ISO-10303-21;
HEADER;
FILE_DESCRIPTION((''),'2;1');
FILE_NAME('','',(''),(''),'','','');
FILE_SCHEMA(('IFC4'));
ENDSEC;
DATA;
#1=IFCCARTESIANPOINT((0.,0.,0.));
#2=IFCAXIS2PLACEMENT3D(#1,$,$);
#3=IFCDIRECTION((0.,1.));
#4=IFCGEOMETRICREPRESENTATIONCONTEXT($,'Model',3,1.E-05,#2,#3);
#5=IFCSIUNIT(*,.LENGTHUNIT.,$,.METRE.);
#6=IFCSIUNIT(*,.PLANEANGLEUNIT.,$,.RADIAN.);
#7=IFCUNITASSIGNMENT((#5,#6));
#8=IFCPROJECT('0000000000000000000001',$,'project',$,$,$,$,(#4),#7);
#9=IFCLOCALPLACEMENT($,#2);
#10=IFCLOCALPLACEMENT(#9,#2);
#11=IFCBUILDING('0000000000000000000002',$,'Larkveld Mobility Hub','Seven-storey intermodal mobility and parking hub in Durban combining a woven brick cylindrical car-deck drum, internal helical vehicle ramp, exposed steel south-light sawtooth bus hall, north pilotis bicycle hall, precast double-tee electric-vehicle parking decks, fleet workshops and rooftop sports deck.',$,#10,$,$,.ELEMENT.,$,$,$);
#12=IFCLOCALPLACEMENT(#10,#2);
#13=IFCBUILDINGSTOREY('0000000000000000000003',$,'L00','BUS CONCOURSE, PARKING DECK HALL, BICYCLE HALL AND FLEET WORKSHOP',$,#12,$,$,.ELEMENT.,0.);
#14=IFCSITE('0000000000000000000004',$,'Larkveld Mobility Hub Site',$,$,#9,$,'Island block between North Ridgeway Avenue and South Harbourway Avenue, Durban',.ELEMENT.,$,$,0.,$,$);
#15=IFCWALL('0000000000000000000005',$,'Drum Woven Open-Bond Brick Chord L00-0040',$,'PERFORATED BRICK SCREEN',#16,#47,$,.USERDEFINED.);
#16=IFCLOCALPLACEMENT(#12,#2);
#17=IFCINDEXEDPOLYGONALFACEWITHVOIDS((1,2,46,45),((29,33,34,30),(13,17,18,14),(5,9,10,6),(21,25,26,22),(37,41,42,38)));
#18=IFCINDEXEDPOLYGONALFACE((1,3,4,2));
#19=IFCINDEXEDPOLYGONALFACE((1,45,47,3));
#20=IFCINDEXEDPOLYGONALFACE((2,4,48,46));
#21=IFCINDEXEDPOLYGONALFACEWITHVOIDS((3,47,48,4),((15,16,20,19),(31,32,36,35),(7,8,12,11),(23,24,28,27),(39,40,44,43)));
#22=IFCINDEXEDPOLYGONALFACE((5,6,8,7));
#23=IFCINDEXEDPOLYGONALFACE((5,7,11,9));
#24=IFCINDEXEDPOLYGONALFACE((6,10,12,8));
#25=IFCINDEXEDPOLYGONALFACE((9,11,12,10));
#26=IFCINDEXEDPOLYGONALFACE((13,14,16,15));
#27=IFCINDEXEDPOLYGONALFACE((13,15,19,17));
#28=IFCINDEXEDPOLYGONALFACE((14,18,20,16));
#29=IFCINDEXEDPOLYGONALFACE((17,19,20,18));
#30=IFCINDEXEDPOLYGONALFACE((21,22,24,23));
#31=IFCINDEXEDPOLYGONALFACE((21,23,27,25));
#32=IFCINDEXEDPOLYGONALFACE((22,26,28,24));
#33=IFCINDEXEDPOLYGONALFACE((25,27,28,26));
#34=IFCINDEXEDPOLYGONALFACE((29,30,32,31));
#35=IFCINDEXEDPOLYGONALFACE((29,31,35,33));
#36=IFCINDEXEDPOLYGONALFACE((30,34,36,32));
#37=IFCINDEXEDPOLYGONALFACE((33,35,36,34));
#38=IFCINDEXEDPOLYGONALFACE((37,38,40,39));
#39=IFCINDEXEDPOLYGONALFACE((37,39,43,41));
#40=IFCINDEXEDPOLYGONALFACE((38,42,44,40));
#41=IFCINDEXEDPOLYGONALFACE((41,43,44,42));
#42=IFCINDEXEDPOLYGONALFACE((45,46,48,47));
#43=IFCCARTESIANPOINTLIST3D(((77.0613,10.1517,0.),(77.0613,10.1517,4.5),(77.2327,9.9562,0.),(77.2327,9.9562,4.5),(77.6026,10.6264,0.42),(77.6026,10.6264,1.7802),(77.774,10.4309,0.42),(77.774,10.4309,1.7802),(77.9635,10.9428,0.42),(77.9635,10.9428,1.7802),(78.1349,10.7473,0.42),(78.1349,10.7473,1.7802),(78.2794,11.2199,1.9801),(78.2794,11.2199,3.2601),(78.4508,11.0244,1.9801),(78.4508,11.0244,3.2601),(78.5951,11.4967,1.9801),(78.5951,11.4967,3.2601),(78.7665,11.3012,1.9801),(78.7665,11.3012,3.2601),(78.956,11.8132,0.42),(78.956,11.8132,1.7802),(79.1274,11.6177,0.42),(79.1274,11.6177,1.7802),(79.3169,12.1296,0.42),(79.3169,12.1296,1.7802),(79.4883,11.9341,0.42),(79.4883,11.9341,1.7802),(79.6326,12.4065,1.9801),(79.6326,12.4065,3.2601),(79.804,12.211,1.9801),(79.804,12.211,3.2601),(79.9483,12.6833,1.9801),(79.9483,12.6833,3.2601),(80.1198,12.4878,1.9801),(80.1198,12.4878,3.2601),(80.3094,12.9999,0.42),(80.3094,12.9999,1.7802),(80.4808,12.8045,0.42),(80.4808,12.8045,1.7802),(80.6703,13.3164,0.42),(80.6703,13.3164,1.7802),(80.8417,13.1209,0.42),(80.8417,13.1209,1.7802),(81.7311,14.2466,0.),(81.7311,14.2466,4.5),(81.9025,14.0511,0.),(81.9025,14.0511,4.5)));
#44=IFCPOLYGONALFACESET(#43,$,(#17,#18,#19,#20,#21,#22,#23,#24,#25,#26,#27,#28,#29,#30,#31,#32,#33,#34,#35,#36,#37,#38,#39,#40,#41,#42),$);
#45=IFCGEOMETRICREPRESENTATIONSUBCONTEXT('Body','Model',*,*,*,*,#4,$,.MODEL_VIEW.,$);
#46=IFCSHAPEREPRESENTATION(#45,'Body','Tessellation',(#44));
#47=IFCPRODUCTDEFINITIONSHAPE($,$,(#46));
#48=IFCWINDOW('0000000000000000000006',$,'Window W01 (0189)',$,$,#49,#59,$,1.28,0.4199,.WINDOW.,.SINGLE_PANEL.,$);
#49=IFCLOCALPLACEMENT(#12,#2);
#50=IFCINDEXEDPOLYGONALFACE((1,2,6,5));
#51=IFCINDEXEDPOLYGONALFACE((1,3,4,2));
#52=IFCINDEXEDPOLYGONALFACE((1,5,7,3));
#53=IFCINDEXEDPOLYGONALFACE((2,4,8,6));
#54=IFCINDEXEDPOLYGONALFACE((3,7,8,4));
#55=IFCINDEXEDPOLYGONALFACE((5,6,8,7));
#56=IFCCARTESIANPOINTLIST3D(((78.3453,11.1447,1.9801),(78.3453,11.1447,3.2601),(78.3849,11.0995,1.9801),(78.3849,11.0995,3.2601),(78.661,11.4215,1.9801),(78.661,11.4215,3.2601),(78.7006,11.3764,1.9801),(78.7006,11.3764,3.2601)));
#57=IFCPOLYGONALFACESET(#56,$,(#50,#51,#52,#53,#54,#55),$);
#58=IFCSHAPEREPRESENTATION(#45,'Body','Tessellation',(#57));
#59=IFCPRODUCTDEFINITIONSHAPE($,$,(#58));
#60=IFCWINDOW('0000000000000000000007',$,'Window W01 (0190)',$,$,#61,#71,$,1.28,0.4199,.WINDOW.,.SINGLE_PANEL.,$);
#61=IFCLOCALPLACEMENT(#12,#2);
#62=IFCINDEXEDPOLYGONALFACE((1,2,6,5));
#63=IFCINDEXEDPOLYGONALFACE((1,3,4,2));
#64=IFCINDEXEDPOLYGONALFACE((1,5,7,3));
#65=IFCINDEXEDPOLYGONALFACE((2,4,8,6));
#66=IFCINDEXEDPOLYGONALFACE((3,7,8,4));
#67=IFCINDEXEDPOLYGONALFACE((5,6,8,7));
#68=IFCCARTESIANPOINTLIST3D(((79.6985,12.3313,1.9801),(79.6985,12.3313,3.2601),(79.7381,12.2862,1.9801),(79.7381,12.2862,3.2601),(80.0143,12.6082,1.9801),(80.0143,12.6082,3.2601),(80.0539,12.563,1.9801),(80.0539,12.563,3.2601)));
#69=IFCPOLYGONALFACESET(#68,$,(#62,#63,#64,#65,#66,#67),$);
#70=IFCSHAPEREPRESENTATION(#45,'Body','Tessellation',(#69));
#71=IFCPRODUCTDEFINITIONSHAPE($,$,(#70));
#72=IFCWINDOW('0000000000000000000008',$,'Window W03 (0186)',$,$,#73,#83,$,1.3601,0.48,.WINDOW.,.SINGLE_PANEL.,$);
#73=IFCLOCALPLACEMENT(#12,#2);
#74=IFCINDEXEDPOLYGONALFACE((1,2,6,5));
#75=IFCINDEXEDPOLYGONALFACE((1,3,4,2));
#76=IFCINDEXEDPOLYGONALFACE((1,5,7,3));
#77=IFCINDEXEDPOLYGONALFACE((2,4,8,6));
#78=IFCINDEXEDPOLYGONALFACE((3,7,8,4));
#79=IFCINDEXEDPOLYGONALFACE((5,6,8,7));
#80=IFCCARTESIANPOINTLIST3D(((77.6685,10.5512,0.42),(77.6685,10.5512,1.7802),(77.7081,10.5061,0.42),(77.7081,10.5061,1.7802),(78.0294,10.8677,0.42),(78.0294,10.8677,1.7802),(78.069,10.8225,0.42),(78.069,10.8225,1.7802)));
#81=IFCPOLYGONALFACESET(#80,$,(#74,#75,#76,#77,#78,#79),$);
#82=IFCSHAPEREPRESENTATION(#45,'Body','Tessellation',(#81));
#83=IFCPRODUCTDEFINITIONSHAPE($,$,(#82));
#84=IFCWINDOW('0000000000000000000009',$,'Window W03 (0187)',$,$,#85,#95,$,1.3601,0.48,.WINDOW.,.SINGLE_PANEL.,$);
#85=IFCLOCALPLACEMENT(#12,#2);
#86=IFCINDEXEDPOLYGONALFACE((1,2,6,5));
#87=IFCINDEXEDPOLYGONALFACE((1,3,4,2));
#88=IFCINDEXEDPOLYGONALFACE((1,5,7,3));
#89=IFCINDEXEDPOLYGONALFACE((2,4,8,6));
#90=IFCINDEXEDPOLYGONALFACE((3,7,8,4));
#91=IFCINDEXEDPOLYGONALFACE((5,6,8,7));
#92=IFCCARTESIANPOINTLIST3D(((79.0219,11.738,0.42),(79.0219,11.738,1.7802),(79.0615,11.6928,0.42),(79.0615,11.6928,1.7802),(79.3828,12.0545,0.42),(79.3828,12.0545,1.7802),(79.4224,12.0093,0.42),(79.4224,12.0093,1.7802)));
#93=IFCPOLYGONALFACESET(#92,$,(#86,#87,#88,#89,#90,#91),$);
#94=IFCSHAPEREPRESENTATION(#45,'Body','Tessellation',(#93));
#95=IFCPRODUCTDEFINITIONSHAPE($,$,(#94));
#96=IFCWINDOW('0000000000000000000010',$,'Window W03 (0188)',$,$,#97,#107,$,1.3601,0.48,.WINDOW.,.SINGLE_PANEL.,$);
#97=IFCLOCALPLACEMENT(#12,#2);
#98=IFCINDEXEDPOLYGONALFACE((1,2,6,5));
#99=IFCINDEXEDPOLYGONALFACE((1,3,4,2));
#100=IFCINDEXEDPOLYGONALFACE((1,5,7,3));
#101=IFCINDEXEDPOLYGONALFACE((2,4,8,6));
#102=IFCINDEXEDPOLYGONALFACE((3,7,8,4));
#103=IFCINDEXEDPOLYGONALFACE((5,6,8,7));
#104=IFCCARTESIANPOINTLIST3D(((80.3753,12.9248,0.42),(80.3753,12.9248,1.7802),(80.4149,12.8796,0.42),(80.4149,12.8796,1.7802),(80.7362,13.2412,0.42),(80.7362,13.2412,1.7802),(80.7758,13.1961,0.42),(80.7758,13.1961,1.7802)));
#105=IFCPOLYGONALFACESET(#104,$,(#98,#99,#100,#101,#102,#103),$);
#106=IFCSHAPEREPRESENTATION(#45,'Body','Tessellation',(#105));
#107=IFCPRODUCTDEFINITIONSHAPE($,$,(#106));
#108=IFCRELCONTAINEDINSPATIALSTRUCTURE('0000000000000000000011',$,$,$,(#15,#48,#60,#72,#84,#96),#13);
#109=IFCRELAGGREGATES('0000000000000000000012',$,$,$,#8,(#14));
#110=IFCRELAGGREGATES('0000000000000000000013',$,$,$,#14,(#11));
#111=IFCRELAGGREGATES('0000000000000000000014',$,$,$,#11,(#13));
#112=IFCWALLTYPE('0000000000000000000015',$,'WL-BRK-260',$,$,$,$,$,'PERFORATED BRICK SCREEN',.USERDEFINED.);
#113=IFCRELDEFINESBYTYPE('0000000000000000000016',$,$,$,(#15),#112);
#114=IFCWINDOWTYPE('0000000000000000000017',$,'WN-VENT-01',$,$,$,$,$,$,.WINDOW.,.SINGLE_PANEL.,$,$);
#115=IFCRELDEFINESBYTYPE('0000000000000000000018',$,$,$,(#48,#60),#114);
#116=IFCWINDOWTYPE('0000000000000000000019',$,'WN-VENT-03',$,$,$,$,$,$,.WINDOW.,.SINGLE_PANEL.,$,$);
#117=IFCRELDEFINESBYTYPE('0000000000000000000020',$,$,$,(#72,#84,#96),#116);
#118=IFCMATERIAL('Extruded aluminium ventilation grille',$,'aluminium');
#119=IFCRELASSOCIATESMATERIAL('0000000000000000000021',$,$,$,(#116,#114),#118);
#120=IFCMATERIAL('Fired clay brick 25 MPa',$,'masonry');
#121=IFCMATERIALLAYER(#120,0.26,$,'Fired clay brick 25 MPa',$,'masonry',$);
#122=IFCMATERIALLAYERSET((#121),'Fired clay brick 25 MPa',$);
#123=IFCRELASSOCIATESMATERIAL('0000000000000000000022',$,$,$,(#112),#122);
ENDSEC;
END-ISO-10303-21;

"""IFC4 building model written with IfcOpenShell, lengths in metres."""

from ifc_helpers import new_model, si_unit, direction, frame, frame_2d, origin, place, context, subcontext, project, spatial, rectangle, extrude, material, layer, layer_set, type_object, element, fill, save


model = new_model("IFC4")

# Units and contexts
model_context = context("Model", 3, precision=1e-05, world=origin(), true_north=direction((0.0, 1.0)))
body_context = subcontext(model_context, "Body", "Model", "MODEL_VIEW")
ifc_project = project(units=[si_unit("LENGTHUNIT", "METRE"), si_unit("PLANEANGLEUNIT", "RADIAN")], contexts=[model_context])

# Site, building, storey
site_placement = place(None, origin())
site = spatial("IfcSite", under=ifc_project, at=site_placement, Name="Larkveld Mobility Hub Site", LongName="Island block between North Ridgeway Avenue and South Harbourway Avenue, Durban", CompositionType="ELEMENT", RefElevation=0.0)
building_placement = place(site_placement, origin())
building = spatial("IfcBuilding", under=site, at=building_placement, Name="Larkveld Mobility Hub", Description="Seven-storey intermodal mobility and parking hub in Durban combining a woven brick cylindrical car-deck drum, internal helical vehicle ramp, exposed steel south-light sawtooth bus hall, north pilotis bicycle hall, precast double-tee electric-vehicle parking decks, fleet workshops and rooftop sports deck.", CompositionType="ELEMENT")
storey_placement = place(building_placement, origin())
storey = spatial("IfcBuildingStorey", under=building, at=storey_placement, Name="L00", Description="BUS CONCOURSE, PARKING DECK HALL, BICYCLE HALL AND FLEET WORKSHOP", CompositionType="ELEMENT", Elevation=0.0)

# Wall, openings, windows
ifc_material_1 = material(Name="Fired clay brick 25 MPa", Category="masonry")
ifc_material_2 = material(Name="Extruded aluminium ventilation grille", Category="aluminium")
window_type_1 = type_object("IfcWindowType", Name="WN-VENT-03", PartitioningType="SINGLE_PANEL", PredefinedType="WINDOW", material=ifc_material_2)
ifc_layer_1 = layer(ifc_material_1, 0.26, Name="Fired clay brick 25 MPa", Category="masonry")
ifc_layer_set_1 = layer_set([ifc_layer_1], Name="Fired clay brick 25 MPa")
wall_type_1 = type_object("IfcWallType", Name="WL-BRK-260", ElementType="PERFORATED BRICK SCREEN", PredefinedType="USERDEFINED", material=ifc_layer_set_1)
wall_1_placement = place(storey_placement, frame((77.147, 10.054, 0.0), z_axis=(0.0, 0.0, 1.0), x_axis=(0.751875, 0.659306, 0.0)))
wall_1 = element("IfcWall", 1, at=wall_1_placement, inside=storey, type_object=wall_type_1, Name="Drum Woven Open-Bond Brick Chord L00-0040", ObjectType="PERFORATED BRICK SCREEN", PredefinedType="USERDEFINED", context=body_context, shape_type="SweptSolid", body=[
    extrude(rectangle(XDim=6.2109, YDim=0.26, at=frame_2d((3.1055, 0.0))), origin(), (0.0, 0.0, 1.0), 4.5),
])
opening_1_placement = place(wall_1_placement, frame((0.72, 0.0, 0.4199)))
opening_1 = element("IfcOpeningElement", 2, at=opening_1_placement, cuts=wall_1, PredefinedType="OPENING", context=body_context, shape_type="SweptSolid", body=[
    extrude(rectangle(XDim=0.48, YDim=1.3601, at=frame_2d((0.24, 0.6802))), frame((0.0, 0.1401, 0.0), z_axis=(0.0, -1.0, 0.0), x_axis=(1.0, 0.0, 0.0)), (0.0, 0.0, 1.0), 0.28),
])
opening_2_placement = place(wall_1_placement, frame((2.52, 0.0, 0.4199)))
opening_2 = element("IfcOpeningElement", 3, at=opening_2_placement, cuts=wall_1, PredefinedType="OPENING", context=body_context, shape_type="SweptSolid", body=[
    extrude(rectangle(XDim=0.48, YDim=1.3601, at=frame_2d((0.24, 0.6802))), frame((0.0, 0.1401, 0.0), z_axis=(0.0, -1.0, 0.0), x_axis=(1.0, 0.0, 0.0)), (0.0, 0.0, 1.0), 0.28),
])
opening_3_placement = place(wall_1_placement, frame((4.3201, 0.0, 0.4199)))
opening_3 = element("IfcOpeningElement", 4, at=opening_3_placement, cuts=wall_1, PredefinedType="OPENING", context=body_context, shape_type="SweptSolid", body=[
    extrude(rectangle(XDim=0.48, YDim=1.3601, at=frame_2d((0.24, 0.6802))), frame((0.0, 0.1401, 0.0), z_axis=(0.0, -1.0, 0.0), x_axis=(1.0, 0.0, 0.0)), (0.0, 0.0, 1.0), 0.28),
])
opening_4_placement = place(wall_1_placement, frame((1.6201, 0.0, 1.98)))
opening_4 = element("IfcOpeningElement", 5, at=opening_4_placement, cuts=wall_1, PredefinedType="OPENING", context=body_context, shape_type="SweptSolid", body=[
    extrude(rectangle(XDim=0.4199, YDim=1.28, at=frame_2d((0.21, 0.6401))), frame((0.0, 0.1401, 0.0), z_axis=(0.0, -1.0, 0.0), x_axis=(1.0, 0.0, 0.0)), (0.0, 0.0, 1.0), 0.28),
])
opening_5_placement = place(wall_1_placement, frame((3.4199, 0.0, 1.98)))
opening_5 = element("IfcOpeningElement", 6, at=opening_5_placement, cuts=wall_1, PredefinedType="OPENING", context=body_context, shape_type="SweptSolid", body=[
    extrude(rectangle(XDim=0.4199, YDim=1.28, at=frame_2d((0.21, 0.6401))), frame((0.0, 0.1401, 0.0), z_axis=(0.0, -1.0, 0.0), x_axis=(1.0, 0.0, 0.0)), (0.0, 0.0, 1.0), 0.28),
])
window_type_2 = type_object("IfcWindowType", Name="WN-VENT-01", PartitioningType="SINGLE_PANEL", PredefinedType="WINDOW", material=ifc_material_2)
window_1_placement = place(opening_4_placement, origin())
window_1 = element("IfcWindow", 7, at=window_1_placement, inside=storey, type_object=window_type_2, Name="Window W01 (0189)", OverallHeight=1.28, OverallWidth=0.4199, PartitioningType="SINGLE_PANEL", PredefinedType="WINDOW", context=body_context, shape_type="SweptSolid", body=[
    extrude(rectangle(XDim=0.4199, YDim=1.28, at=frame_2d((0.21, 0.6401))), frame((0.0, 0.03, 0.0), z_axis=(0.0, -1.0, 0.0), x_axis=(1.0, 0.0, 0.0)), (0.0, 0.0, 1.0), 0.0601),
])
fill(opening_4, window_1)
window_2_placement = place(opening_5_placement, origin())
window_2 = element("IfcWindow", 8, at=window_2_placement, inside=storey, type_object=window_type_2, Name="Window W01 (0190)", OverallHeight=1.28, OverallWidth=0.4199, PartitioningType="SINGLE_PANEL", PredefinedType="WINDOW", context=body_context, shape_type="SweptSolid", body=[
    extrude(rectangle(XDim=0.4199, YDim=1.28, at=frame_2d((0.21, 0.6401))), frame((0.0, 0.03, 0.0), z_axis=(0.0, -1.0, 0.0), x_axis=(1.0, 0.0, 0.0)), (0.0, 0.0, 1.0), 0.0601),
])
fill(opening_5, window_2)
window_3_placement = place(opening_1_placement, origin())
window_3 = element("IfcWindow", 9, at=window_3_placement, inside=storey, type_object=window_type_1, Name="Window W03 (0186)", OverallHeight=1.3601, OverallWidth=0.48, PartitioningType="SINGLE_PANEL", PredefinedType="WINDOW", context=body_context, shape_type="SweptSolid", body=[
    extrude(rectangle(XDim=0.48, YDim=1.3601, at=frame_2d((0.24, 0.6802))), frame((0.0, 0.03, 0.0), z_axis=(0.0, -1.0, 0.0), x_axis=(1.0, 0.0, 0.0)), (0.0, 0.0, 1.0), 0.0601),
])
fill(opening_1, window_3)
window_4_placement = place(opening_2_placement, origin())
window_4 = element("IfcWindow", 10, at=window_4_placement, inside=storey, type_object=window_type_1, Name="Window W03 (0187)", OverallHeight=1.3601, OverallWidth=0.48, PartitioningType="SINGLE_PANEL", PredefinedType="WINDOW", context=body_context, shape_type="SweptSolid", body=[
    extrude(rectangle(XDim=0.48, YDim=1.3601, at=frame_2d((0.24, 0.6802))), frame((0.0, 0.03, 0.0), z_axis=(0.0, -1.0, 0.0), x_axis=(1.0, 0.0, 0.0)), (0.0, 0.0, 1.0), 0.0601),
])
fill(opening_2, window_4)
window_5_placement = place(opening_3_placement, origin())
window_5 = element("IfcWindow", 11, at=window_5_placement, inside=storey, type_object=window_type_1, Name="Window W03 (0188)", OverallHeight=1.3601, OverallWidth=0.48, PartitioningType="SINGLE_PANEL", PredefinedType="WINDOW", context=body_context, shape_type="SweptSolid", body=[
    extrude(rectangle(XDim=0.48, YDim=1.3601, at=frame_2d((0.24, 0.6802))), frame((0.0, 0.03, 0.0), z_axis=(0.0, -1.0, 0.0), x_axis=(1.0, 0.0, 0.0)), (0.0, 0.0, 1.0), 0.0601),
])
fill(opening_3, window_5)

save(model, "model.ifc")
